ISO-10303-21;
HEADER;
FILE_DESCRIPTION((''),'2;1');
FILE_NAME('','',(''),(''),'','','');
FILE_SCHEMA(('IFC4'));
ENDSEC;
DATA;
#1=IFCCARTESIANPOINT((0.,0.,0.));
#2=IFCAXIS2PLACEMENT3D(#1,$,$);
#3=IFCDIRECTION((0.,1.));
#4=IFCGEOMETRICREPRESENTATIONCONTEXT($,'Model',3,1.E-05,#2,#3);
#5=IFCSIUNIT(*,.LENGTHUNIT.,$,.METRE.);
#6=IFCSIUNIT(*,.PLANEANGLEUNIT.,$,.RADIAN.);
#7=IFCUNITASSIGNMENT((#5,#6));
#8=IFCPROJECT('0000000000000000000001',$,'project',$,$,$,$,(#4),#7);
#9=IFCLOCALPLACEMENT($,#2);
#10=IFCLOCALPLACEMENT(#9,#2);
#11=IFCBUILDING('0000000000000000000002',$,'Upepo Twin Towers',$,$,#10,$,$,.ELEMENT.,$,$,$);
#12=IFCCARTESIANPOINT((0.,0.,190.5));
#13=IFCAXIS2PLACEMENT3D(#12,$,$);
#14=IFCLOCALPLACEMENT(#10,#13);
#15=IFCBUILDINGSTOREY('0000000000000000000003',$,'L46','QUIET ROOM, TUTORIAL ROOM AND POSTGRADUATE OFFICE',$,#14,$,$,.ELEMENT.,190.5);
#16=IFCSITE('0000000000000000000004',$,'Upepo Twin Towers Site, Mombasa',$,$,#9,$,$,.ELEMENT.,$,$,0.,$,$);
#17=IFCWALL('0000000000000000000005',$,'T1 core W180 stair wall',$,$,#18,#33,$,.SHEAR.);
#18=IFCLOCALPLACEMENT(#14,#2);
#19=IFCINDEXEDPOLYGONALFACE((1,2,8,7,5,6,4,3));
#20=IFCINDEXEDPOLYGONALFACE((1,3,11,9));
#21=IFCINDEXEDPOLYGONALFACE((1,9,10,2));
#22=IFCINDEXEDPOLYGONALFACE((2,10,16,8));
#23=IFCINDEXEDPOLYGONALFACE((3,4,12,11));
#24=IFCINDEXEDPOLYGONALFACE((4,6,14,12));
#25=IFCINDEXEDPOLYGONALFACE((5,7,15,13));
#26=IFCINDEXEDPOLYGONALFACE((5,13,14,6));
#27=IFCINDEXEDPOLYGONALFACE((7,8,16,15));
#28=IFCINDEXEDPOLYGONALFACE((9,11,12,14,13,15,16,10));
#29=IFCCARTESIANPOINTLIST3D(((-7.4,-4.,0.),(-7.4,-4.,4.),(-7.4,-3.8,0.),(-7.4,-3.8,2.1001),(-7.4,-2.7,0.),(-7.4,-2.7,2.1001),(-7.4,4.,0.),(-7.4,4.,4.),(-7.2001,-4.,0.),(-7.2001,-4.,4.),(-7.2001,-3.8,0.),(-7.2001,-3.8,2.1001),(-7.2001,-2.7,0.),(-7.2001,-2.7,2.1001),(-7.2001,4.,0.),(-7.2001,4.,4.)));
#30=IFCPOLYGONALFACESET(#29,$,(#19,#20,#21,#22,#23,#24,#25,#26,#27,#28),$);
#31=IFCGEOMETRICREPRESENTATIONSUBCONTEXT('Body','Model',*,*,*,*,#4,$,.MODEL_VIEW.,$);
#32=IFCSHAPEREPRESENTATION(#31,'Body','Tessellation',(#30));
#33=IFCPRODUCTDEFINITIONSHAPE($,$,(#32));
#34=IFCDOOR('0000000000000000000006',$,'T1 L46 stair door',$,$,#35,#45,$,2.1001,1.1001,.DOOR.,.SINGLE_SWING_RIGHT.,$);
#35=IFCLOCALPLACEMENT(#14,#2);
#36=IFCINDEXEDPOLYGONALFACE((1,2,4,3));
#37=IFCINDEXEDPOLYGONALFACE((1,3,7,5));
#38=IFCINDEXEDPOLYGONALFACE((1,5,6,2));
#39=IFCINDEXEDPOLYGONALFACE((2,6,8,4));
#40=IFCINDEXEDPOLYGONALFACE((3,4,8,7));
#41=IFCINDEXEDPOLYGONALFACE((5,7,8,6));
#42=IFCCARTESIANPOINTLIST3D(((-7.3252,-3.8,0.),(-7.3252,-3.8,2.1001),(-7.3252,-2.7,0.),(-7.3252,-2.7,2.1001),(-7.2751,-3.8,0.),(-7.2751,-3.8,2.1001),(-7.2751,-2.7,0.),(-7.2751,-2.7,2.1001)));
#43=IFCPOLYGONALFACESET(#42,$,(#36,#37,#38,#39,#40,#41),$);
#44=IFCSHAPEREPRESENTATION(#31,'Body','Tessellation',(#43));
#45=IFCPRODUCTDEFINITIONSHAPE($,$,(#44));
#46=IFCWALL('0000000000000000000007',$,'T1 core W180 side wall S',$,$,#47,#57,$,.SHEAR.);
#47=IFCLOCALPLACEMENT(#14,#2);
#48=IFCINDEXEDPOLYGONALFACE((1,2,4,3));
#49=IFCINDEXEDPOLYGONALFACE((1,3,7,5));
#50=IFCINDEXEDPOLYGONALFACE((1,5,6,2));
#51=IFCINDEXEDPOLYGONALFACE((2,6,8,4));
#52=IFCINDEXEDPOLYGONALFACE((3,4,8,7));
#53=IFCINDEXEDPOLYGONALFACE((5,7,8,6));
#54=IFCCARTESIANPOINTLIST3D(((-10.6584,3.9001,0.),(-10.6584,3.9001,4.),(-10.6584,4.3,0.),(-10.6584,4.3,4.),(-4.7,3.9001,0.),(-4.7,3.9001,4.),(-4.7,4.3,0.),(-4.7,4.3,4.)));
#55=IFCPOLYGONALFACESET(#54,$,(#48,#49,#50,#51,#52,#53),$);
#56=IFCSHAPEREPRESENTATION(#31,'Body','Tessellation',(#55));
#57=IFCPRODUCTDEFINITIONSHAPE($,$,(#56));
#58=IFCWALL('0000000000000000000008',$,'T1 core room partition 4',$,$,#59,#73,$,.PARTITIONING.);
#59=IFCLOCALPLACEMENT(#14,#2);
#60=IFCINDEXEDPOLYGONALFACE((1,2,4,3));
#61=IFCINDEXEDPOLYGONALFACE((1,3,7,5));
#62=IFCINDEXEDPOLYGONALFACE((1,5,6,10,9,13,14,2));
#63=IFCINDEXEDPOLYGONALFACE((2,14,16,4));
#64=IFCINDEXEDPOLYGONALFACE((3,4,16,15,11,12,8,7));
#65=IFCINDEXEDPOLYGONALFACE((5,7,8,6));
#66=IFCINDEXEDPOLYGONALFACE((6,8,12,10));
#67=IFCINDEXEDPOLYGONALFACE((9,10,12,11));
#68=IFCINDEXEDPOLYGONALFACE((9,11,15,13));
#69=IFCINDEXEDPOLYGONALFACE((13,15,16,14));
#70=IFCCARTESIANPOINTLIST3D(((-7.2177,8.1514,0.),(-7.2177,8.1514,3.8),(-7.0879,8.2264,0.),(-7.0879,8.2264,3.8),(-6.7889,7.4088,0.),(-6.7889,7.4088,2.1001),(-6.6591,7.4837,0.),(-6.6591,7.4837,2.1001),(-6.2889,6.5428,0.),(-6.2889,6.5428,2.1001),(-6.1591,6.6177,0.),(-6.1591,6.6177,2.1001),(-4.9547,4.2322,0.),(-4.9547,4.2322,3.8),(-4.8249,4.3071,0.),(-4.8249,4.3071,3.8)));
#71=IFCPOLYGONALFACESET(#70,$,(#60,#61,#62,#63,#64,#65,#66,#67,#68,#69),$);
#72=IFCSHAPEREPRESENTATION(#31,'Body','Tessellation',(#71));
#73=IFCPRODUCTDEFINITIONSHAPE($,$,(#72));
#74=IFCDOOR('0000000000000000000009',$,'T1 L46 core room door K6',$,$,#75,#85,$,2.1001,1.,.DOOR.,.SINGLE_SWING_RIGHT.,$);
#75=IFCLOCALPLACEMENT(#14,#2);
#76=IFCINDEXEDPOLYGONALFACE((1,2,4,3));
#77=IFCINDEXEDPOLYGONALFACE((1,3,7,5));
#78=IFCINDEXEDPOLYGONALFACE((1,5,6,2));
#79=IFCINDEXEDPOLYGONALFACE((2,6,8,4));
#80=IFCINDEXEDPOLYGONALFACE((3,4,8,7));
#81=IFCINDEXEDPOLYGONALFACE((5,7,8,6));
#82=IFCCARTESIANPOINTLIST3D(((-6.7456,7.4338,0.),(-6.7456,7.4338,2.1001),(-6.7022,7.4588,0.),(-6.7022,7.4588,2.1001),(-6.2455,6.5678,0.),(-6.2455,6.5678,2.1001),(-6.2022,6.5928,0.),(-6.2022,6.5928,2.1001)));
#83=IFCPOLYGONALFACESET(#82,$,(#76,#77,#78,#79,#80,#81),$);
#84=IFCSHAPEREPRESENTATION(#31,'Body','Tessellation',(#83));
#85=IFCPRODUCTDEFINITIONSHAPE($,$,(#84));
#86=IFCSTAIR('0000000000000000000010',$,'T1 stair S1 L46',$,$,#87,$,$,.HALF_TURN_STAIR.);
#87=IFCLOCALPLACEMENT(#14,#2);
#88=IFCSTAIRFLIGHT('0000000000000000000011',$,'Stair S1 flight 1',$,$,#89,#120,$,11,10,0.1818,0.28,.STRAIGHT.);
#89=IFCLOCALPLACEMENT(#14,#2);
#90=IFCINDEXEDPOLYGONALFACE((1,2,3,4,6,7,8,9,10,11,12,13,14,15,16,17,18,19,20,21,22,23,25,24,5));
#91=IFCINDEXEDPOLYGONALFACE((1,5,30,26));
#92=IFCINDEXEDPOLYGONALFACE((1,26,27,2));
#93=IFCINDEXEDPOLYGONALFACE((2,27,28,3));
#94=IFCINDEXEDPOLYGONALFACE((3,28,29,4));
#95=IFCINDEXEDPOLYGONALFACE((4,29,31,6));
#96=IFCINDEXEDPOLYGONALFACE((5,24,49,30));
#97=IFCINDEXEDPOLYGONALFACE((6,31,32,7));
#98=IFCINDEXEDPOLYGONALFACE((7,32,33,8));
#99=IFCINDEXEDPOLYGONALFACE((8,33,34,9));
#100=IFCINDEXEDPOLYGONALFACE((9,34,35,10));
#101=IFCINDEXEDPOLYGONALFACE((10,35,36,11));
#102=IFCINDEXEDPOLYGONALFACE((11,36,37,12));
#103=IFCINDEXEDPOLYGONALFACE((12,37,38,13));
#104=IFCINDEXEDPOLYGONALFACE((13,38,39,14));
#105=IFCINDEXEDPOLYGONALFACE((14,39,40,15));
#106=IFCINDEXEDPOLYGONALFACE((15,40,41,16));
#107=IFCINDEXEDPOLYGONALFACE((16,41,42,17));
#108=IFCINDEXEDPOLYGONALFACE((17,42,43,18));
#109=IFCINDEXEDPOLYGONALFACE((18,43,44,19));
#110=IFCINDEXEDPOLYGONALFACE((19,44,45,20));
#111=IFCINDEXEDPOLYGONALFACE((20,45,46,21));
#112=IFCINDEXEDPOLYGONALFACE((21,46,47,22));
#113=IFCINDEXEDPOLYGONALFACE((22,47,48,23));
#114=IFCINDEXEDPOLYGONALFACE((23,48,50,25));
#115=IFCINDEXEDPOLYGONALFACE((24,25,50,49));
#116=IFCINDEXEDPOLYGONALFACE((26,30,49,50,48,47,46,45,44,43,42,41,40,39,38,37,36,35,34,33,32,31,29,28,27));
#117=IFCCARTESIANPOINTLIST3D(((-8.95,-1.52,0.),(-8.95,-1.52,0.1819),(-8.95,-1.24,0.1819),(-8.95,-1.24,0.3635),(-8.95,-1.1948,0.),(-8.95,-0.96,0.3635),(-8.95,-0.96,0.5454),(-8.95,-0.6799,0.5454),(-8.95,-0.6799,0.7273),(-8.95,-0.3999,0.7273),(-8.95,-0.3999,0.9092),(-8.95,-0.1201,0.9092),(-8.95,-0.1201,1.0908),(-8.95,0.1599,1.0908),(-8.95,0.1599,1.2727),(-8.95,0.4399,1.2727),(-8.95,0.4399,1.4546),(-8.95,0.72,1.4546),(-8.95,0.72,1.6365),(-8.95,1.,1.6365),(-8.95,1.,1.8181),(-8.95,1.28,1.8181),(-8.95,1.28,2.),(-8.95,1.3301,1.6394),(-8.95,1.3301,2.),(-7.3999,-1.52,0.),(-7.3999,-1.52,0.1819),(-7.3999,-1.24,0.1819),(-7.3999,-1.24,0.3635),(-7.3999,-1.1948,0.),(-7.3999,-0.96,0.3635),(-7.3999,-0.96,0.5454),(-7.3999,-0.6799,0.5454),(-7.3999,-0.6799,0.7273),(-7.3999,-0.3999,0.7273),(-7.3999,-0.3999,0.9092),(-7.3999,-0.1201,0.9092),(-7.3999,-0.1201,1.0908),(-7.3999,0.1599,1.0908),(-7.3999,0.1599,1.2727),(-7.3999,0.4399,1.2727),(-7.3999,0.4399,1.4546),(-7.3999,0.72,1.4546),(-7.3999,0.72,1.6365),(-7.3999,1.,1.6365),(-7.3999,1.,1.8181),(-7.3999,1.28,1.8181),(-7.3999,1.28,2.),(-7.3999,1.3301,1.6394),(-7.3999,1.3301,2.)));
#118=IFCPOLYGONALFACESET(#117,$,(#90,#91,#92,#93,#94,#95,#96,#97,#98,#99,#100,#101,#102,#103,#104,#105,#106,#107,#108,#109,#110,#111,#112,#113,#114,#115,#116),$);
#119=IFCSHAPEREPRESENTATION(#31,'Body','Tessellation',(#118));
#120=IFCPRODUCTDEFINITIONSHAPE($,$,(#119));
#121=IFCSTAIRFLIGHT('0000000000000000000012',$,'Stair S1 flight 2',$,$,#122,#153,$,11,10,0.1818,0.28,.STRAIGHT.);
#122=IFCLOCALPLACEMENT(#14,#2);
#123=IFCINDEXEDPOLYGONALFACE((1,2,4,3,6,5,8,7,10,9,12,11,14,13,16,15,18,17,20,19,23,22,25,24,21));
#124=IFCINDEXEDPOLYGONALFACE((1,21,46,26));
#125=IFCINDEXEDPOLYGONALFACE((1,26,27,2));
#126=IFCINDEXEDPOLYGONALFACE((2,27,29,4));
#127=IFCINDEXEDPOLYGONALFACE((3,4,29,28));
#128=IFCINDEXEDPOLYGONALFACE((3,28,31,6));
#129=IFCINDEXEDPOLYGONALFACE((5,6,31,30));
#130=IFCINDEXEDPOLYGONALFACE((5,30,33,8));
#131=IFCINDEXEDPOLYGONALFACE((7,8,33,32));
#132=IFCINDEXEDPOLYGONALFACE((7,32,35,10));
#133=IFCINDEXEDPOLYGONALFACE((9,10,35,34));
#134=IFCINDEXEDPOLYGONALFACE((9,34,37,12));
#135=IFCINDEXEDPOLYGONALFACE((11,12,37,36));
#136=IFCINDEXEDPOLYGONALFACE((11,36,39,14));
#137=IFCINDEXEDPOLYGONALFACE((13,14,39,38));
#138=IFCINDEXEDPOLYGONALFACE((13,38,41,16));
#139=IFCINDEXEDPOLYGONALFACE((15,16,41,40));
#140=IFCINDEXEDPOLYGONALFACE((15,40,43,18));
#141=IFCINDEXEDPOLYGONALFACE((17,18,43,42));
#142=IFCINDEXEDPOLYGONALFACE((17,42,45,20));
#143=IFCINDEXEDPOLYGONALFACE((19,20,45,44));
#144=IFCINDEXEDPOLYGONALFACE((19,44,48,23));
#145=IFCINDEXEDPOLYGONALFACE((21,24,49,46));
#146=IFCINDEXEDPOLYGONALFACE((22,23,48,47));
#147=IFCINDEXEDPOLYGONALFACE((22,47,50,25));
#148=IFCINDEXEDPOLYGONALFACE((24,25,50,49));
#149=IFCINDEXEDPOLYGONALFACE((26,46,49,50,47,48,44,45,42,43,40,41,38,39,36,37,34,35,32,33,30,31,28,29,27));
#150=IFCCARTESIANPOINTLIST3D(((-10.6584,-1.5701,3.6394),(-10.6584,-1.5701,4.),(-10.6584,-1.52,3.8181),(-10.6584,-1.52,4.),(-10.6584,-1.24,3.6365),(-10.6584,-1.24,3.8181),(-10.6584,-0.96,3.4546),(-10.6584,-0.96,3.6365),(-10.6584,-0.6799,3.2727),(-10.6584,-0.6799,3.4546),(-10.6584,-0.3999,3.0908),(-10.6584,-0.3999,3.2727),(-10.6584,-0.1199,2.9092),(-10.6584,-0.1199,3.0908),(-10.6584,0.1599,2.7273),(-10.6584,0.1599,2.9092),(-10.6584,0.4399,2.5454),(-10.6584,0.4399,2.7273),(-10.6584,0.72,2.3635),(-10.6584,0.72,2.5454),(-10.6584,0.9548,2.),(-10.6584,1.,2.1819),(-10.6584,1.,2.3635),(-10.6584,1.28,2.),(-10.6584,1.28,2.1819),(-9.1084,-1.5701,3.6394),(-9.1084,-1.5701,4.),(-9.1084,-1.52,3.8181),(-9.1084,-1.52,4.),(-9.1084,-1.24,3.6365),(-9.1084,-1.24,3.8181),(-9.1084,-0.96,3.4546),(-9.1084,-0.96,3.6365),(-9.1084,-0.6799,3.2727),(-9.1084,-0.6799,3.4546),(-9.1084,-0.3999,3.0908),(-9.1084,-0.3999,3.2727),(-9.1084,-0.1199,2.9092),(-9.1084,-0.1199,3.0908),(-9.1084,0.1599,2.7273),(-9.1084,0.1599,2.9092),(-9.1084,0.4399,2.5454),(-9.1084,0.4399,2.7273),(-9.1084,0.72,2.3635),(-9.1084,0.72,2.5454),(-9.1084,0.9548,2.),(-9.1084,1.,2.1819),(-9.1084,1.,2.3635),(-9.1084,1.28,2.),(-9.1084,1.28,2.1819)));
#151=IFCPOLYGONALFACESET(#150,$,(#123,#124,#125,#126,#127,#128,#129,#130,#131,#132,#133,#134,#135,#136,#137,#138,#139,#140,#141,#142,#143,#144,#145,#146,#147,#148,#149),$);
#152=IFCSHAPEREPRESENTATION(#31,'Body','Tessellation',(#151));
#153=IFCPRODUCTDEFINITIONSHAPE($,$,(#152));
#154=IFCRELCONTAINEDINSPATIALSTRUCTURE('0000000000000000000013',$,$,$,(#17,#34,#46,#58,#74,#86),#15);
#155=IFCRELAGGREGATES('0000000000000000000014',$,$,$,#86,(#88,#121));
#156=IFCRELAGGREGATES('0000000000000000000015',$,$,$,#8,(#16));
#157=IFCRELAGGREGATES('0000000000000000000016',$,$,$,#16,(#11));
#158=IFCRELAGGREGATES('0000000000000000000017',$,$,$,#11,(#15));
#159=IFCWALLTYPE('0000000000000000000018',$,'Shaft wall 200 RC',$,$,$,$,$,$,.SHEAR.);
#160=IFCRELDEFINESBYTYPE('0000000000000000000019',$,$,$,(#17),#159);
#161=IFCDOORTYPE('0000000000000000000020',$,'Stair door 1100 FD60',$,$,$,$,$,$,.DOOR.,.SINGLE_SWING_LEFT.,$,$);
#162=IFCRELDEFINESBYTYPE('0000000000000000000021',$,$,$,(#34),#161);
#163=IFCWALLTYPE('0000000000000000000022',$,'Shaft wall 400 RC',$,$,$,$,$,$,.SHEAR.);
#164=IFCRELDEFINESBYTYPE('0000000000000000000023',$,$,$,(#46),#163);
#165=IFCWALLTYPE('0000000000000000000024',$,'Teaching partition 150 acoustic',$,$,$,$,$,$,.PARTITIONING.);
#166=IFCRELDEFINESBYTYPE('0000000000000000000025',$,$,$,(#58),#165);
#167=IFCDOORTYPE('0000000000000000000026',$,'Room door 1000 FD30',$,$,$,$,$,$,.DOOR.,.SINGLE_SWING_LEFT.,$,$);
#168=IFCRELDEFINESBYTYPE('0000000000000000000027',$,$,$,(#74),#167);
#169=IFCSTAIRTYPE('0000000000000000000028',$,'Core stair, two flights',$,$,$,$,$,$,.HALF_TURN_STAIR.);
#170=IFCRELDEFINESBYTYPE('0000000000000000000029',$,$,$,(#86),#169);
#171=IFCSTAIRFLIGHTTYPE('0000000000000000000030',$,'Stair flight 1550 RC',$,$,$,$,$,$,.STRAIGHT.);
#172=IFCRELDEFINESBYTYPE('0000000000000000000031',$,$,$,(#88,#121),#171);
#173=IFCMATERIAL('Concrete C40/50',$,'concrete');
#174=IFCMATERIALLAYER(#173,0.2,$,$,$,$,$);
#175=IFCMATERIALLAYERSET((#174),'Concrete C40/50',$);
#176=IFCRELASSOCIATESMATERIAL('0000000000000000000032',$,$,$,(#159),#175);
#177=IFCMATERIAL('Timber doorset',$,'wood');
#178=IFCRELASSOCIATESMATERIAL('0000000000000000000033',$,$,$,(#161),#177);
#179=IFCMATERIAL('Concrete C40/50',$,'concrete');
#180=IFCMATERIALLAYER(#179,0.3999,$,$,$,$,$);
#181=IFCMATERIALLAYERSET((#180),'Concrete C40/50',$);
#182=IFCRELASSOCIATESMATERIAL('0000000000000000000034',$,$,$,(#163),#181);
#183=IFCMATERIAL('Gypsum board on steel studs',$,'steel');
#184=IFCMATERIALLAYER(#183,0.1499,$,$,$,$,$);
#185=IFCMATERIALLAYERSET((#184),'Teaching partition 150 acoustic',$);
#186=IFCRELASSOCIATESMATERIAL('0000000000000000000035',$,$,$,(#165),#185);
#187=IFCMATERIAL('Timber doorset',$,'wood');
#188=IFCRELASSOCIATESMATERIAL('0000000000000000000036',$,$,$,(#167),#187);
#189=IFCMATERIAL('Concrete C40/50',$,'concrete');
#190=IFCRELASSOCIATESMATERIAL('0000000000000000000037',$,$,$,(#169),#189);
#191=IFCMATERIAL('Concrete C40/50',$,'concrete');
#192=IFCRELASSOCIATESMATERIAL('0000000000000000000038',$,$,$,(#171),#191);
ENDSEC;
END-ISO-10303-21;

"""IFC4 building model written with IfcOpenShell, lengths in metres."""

from ifc_helpers import new_model, si_unit, direction, frame, frame_2d, origin, place, context, subcontext, project, spatial, polyline, rectangle, outline, extrude, material, layer, layer_set, type_object, element, fill, aggregate, save


model = new_model("IFC4")

# Units and contexts
model_context = context("Model", 3, precision=1e-05, world=origin(), true_north=direction((0.0, 1.0)))
body_context = subcontext(model_context, "Body", "Model", "MODEL_VIEW")
ifc_project = project(units=[si_unit("LENGTHUNIT", "METRE"), si_unit("PLANEANGLEUNIT", "RADIAN")], contexts=[model_context])

# Site, building, storey
site_placement = place(None, origin())
site = spatial("IfcSite", under=ifc_project, at=site_placement, Name="Upepo Twin Towers Site, Mombasa", CompositionType="ELEMENT", RefElevation=0.0)
building_placement = place(site_placement, origin())
building = spatial("IfcBuilding", under=site, at=building_placement, Name="Upepo Twin Towers", CompositionType="ELEMENT")
storey_placement = place(building_placement, frame((0.0, 0.0, 190.5)))
storey = spatial("IfcBuildingStorey", under=building, at=storey_placement, Name="L46", Description="QUIET ROOM, TUTORIAL ROOM AND POSTGRADUATE OFFICE", CompositionType="ELEMENT", Elevation=190.5)

# Shared definitions
ifc_material_1 = material(Name="Concrete C40/50", Category="concrete")
ifc_layer_1 = layer(ifc_material_1, 0.2)
ifc_layer_set_1 = layer_set([ifc_layer_1], Name="Concrete C40/50")
wall_type_1 = type_object("IfcWallType", Name="Shaft wall 200 RC", PredefinedType="SHEAR", material=ifc_layer_set_1)

# Wall, opening, door
wall_1_placement = place(storey_placement, frame((-7.3, 4.0, 0.0), z_axis=(0.0, 0.0, 1.0), x_axis=(0.0, -1.0, 0.0)))
wall_1 = element("IfcWall", 1, at=wall_1_placement, inside=storey, type_object=wall_type_1, Name="T1 core W180 stair wall", PredefinedType="SHEAR", context=body_context, shape_type="SweptSolid", body=[
    extrude(rectangle(XDim=8.0, YDim=0.2, at=frame_2d((4.0, 0.0))), origin(), (0.0, 0.0, 1.0), 4.0),
])
opening_1_placement = place(wall_1_placement, frame((6.7, 0.0, 0.0)))
opening_1 = element("IfcOpeningElement", 2, at=opening_1_placement, cuts=wall_1, PredefinedType="OPENING", context=body_context, shape_type="SweptSolid", body=[
    extrude(rectangle(XDim=1.1001, YDim=2.1001, at=frame_2d((0.55, 1.05))), frame((0.0, 0.1099, 0.0), z_axis=(0.0, -1.0, 0.0), x_axis=(1.0, 0.0, 0.0)), (0.0, 0.0, 1.0), 0.22),
])
ifc_material_2 = material(Name="Timber doorset", Category="wood")
door_type_1 = type_object("IfcDoorType", Name="Stair door 1100 FD60", OperationType="SINGLE_SWING_LEFT", PredefinedType="DOOR", material=ifc_material_2)
door_1_placement = place(opening_1_placement, origin())
door_1 = element("IfcDoor", 3, at=door_1_placement, inside=storey, type_object=door_type_1, Name="T1 L46 stair door", OperationType="SINGLE_SWING_RIGHT", OverallHeight=2.1001, OverallWidth=1.1001, PredefinedType="DOOR", context=body_context, shape_type="SweptSolid", body=[
    extrude(rectangle(XDim=1.1001, YDim=2.1001, at=frame_2d((0.55, 1.05))), frame((0.0, 0.0249, 0.0), z_axis=(0.0, -1.0, 0.0), x_axis=(1.0, 0.0, 0.0)), (0.0, 0.0, 1.0), 0.05),
])
fill(opening_1, door_1)

# Wall
ifc_material_3 = material(Name="Concrete C40/50", Category="concrete")
ifc_layer_2 = layer(ifc_material_3, 0.3999)
ifc_layer_set_2 = layer_set([ifc_layer_2], Name="Concrete C40/50")
wall_type_2 = type_object("IfcWallType", Name="Shaft wall 400 RC", PredefinedType="SHEAR", material=ifc_layer_set_2)
wall_2_placement = place(storey_placement, frame((-4.7, 4.1001, 0.0), z_axis=(0.0, 0.0, 1.0), x_axis=(-1.0, 0.0, 0.0)))
element("IfcWall", 4, at=wall_2_placement, inside=storey, type_object=wall_type_2, Name="T1 core W180 side wall S", PredefinedType="SHEAR", context=body_context, shape_type="SweptSolid", body=[
    extrude(rectangle(XDim=5.9585, YDim=0.3999, at=frame_2d((2.9792, 0.0))), origin(), (0.0, 0.0, 1.0), 4.0),
])

# Wall, opening, door
ifc_material_4 = material(Name="Gypsum board on steel studs", Category="steel")
ifc_layer_3 = layer(ifc_material_4, 0.1499)
ifc_layer_set_3 = layer_set([ifc_layer_3], Name="Teaching partition 150 acoustic")
wall_type_3 = type_object("IfcWallType", Name="Teaching partition 150 acoustic", PredefinedType="PARTITIONING", material=ifc_layer_set_3)
wall_3_placement = place(storey_placement, frame((-4.8899, 4.2698, 0.0), z_axis=(0.0, 0.0, 1.0), x_axis=(-0.500032, 0.866007, 0.0)))
wall_3 = element("IfcWall", 5, at=wall_3_placement, inside=storey, type_object=wall_type_3, Name="T1 core room partition 4", PredefinedType="PARTITIONING", context=body_context, shape_type="SweptSolid", body=[
    extrude(rectangle(XDim=4.5256, YDim=0.1499, at=frame_2d((2.2627, 0.0))), origin(), (0.0, 0.0, 1.0), 3.8),
])
opening_2_placement = place(wall_3_placement, frame((2.668, 0.0, 0.0)))
opening_2 = element("IfcOpeningElement", 6, at=opening_2_placement, cuts=wall_3, PredefinedType="OPENING", context=body_context, shape_type="SweptSolid", body=[
    extrude(rectangle(XDim=1.0, YDim=2.1001, at=frame_2d((0.5, 1.05))), frame((0.0, 0.085, 0.0), z_axis=(0.0, -1.0, 0.0), x_axis=(1.0, 0.0, 0.0)), (0.0, 0.0, 1.0), 0.1699),
])
ifc_material_5 = material(Name="Timber doorset", Category="wood")
door_type_2 = type_object("IfcDoorType", Name="Room door 1000 FD30", OperationType="SINGLE_SWING_LEFT", PredefinedType="DOOR", material=ifc_material_5)
door_2_placement = place(opening_2_placement, origin())
door_2 = element("IfcDoor", 7, at=door_2_placement, inside=storey, type_object=door_type_2, Name="T1 L46 core room door K6", OperationType="SINGLE_SWING_RIGHT", OverallHeight=2.1001, OverallWidth=1.0, PredefinedType="DOOR", context=body_context, shape_type="SweptSolid", body=[
    extrude(rectangle(XDim=1.0, YDim=2.1001, at=frame_2d((0.5, 1.05))), frame((0.0, 0.0249, 0.0), z_axis=(0.0, -1.0, 0.0), x_axis=(1.0, 0.0, 0.0)), (0.0, 0.0, 1.0), 0.05),
])
fill(opening_2, door_2)

# Stair, stair flights
ifc_material_6 = material(Name="Concrete C40/50", Category="concrete")
stair_type = type_object("IfcStairType", Name="Core stair, two flights", PredefinedType="HALF_TURN_STAIR", material=ifc_material_6)
stair_placement = place(storey_placement, origin())
stair = element("IfcStair", 8, at=stair_placement, inside=storey, type_object=stair_type, Name="T1 stair S1 L46", PredefinedType="HALF_TURN_STAIR")
ifc_material_7 = material(Name="Concrete C40/50", Category="concrete")
stair_flight_type = type_object("IfcStairFlightType", Name="Stair flight 1550 RC", PredefinedType="STRAIGHT", material=ifc_material_7)
stair_flight_1_placement = place(storey_placement, frame((-8.175, -1.52, 0.0), z_axis=(0.0, 0.0, 1.0), x_axis=(0.0, 1.0, 0.0)))
stair_flight_1 = element("IfcStairFlight", 9, at=stair_flight_1_placement, type_object=stair_flight_type, Name="Stair S1 flight 1", NumberOfRisers=11, NumberOfTreads=10, PredefinedType="STRAIGHT", RiserHeight=0.1818, TreadLength=0.28, context=body_context, shape_type="SweptSolid", body=[
    extrude(outline(polyline([(0.0, 0.0), (0.0, 0.1819), (0.28, 0.1819), (0.28, 0.3635), (0.5601, 0.3635), (0.5601, 0.5454), (0.8401, 0.5454), (0.8401, 0.7273), (1.1201, 0.7273), (1.1201, 0.9092), (1.3999, 0.9092), (1.3999, 1.0908), (1.6799, 1.0908), (1.6799, 1.2727), (1.96, 1.2727), (1.96, 1.4546), (2.24, 1.4546), (2.24, 1.6365), (2.52, 1.6365), (2.52, 1.8181), (2.8, 1.8181), (2.8, 2.0), (2.8501, 2.0), (2.8501, 1.6394), (0.3252, 0.0), (0.0, 0.0)])), frame((0.0, 0.7749, 0.0), z_axis=(0.0, -1.0, 0.0), x_axis=(1.0, 0.0, 0.0)), (0.0, 0.0, 1.0), 1.55),
])
stair_flight_2_placement = place(storey_placement, frame((-9.8833, 1.28, 2.0), z_axis=(0.0, 0.0, 1.0), x_axis=(0.0, -1.0, 0.0)))
stair_flight_2 = element("IfcStairFlight", 10, at=stair_flight_2_placement, type_object=stair_flight_type, Name="Stair S1 flight 2", NumberOfRisers=11, NumberOfTreads=10, PredefinedType="STRAIGHT", RiserHeight=0.1818, TreadLength=0.28, context=body_context, shape_type="SweptSolid", body=[
    extrude(outline(polyline([(0.0, 0.0), (0.0, 0.1819), (0.28, 0.1819), (0.28, 0.3635), (0.5601, 0.3635), (0.5601, 0.5454), (0.8401, 0.5454), (0.8401, 0.7273), (1.1201, 0.7273), (1.1201, 0.9092), (1.3999, 0.9092), (1.3999, 1.0908), (1.6799, 1.0908), (1.6799, 1.2727), (1.96, 1.2727), (1.96, 1.4546), (2.24, 1.4546), (2.24, 1.6365), (2.52, 1.6365), (2.52, 1.8181), (2.8, 1.8181), (2.8, 2.0), (2.8501, 2.0), (2.8501, 1.6394), (0.3252, 0.0), (0.0, 0.0)])), frame((0.0, 0.7749, 0.0), z_axis=(0.0, -1.0, 0.0), x_axis=(1.0, 0.0, 0.0)), (0.0, 0.0, 1.0), 1.55),
])
aggregate(stair, [stair_flight_1, stair_flight_2])

save(model, "model.ifc")
